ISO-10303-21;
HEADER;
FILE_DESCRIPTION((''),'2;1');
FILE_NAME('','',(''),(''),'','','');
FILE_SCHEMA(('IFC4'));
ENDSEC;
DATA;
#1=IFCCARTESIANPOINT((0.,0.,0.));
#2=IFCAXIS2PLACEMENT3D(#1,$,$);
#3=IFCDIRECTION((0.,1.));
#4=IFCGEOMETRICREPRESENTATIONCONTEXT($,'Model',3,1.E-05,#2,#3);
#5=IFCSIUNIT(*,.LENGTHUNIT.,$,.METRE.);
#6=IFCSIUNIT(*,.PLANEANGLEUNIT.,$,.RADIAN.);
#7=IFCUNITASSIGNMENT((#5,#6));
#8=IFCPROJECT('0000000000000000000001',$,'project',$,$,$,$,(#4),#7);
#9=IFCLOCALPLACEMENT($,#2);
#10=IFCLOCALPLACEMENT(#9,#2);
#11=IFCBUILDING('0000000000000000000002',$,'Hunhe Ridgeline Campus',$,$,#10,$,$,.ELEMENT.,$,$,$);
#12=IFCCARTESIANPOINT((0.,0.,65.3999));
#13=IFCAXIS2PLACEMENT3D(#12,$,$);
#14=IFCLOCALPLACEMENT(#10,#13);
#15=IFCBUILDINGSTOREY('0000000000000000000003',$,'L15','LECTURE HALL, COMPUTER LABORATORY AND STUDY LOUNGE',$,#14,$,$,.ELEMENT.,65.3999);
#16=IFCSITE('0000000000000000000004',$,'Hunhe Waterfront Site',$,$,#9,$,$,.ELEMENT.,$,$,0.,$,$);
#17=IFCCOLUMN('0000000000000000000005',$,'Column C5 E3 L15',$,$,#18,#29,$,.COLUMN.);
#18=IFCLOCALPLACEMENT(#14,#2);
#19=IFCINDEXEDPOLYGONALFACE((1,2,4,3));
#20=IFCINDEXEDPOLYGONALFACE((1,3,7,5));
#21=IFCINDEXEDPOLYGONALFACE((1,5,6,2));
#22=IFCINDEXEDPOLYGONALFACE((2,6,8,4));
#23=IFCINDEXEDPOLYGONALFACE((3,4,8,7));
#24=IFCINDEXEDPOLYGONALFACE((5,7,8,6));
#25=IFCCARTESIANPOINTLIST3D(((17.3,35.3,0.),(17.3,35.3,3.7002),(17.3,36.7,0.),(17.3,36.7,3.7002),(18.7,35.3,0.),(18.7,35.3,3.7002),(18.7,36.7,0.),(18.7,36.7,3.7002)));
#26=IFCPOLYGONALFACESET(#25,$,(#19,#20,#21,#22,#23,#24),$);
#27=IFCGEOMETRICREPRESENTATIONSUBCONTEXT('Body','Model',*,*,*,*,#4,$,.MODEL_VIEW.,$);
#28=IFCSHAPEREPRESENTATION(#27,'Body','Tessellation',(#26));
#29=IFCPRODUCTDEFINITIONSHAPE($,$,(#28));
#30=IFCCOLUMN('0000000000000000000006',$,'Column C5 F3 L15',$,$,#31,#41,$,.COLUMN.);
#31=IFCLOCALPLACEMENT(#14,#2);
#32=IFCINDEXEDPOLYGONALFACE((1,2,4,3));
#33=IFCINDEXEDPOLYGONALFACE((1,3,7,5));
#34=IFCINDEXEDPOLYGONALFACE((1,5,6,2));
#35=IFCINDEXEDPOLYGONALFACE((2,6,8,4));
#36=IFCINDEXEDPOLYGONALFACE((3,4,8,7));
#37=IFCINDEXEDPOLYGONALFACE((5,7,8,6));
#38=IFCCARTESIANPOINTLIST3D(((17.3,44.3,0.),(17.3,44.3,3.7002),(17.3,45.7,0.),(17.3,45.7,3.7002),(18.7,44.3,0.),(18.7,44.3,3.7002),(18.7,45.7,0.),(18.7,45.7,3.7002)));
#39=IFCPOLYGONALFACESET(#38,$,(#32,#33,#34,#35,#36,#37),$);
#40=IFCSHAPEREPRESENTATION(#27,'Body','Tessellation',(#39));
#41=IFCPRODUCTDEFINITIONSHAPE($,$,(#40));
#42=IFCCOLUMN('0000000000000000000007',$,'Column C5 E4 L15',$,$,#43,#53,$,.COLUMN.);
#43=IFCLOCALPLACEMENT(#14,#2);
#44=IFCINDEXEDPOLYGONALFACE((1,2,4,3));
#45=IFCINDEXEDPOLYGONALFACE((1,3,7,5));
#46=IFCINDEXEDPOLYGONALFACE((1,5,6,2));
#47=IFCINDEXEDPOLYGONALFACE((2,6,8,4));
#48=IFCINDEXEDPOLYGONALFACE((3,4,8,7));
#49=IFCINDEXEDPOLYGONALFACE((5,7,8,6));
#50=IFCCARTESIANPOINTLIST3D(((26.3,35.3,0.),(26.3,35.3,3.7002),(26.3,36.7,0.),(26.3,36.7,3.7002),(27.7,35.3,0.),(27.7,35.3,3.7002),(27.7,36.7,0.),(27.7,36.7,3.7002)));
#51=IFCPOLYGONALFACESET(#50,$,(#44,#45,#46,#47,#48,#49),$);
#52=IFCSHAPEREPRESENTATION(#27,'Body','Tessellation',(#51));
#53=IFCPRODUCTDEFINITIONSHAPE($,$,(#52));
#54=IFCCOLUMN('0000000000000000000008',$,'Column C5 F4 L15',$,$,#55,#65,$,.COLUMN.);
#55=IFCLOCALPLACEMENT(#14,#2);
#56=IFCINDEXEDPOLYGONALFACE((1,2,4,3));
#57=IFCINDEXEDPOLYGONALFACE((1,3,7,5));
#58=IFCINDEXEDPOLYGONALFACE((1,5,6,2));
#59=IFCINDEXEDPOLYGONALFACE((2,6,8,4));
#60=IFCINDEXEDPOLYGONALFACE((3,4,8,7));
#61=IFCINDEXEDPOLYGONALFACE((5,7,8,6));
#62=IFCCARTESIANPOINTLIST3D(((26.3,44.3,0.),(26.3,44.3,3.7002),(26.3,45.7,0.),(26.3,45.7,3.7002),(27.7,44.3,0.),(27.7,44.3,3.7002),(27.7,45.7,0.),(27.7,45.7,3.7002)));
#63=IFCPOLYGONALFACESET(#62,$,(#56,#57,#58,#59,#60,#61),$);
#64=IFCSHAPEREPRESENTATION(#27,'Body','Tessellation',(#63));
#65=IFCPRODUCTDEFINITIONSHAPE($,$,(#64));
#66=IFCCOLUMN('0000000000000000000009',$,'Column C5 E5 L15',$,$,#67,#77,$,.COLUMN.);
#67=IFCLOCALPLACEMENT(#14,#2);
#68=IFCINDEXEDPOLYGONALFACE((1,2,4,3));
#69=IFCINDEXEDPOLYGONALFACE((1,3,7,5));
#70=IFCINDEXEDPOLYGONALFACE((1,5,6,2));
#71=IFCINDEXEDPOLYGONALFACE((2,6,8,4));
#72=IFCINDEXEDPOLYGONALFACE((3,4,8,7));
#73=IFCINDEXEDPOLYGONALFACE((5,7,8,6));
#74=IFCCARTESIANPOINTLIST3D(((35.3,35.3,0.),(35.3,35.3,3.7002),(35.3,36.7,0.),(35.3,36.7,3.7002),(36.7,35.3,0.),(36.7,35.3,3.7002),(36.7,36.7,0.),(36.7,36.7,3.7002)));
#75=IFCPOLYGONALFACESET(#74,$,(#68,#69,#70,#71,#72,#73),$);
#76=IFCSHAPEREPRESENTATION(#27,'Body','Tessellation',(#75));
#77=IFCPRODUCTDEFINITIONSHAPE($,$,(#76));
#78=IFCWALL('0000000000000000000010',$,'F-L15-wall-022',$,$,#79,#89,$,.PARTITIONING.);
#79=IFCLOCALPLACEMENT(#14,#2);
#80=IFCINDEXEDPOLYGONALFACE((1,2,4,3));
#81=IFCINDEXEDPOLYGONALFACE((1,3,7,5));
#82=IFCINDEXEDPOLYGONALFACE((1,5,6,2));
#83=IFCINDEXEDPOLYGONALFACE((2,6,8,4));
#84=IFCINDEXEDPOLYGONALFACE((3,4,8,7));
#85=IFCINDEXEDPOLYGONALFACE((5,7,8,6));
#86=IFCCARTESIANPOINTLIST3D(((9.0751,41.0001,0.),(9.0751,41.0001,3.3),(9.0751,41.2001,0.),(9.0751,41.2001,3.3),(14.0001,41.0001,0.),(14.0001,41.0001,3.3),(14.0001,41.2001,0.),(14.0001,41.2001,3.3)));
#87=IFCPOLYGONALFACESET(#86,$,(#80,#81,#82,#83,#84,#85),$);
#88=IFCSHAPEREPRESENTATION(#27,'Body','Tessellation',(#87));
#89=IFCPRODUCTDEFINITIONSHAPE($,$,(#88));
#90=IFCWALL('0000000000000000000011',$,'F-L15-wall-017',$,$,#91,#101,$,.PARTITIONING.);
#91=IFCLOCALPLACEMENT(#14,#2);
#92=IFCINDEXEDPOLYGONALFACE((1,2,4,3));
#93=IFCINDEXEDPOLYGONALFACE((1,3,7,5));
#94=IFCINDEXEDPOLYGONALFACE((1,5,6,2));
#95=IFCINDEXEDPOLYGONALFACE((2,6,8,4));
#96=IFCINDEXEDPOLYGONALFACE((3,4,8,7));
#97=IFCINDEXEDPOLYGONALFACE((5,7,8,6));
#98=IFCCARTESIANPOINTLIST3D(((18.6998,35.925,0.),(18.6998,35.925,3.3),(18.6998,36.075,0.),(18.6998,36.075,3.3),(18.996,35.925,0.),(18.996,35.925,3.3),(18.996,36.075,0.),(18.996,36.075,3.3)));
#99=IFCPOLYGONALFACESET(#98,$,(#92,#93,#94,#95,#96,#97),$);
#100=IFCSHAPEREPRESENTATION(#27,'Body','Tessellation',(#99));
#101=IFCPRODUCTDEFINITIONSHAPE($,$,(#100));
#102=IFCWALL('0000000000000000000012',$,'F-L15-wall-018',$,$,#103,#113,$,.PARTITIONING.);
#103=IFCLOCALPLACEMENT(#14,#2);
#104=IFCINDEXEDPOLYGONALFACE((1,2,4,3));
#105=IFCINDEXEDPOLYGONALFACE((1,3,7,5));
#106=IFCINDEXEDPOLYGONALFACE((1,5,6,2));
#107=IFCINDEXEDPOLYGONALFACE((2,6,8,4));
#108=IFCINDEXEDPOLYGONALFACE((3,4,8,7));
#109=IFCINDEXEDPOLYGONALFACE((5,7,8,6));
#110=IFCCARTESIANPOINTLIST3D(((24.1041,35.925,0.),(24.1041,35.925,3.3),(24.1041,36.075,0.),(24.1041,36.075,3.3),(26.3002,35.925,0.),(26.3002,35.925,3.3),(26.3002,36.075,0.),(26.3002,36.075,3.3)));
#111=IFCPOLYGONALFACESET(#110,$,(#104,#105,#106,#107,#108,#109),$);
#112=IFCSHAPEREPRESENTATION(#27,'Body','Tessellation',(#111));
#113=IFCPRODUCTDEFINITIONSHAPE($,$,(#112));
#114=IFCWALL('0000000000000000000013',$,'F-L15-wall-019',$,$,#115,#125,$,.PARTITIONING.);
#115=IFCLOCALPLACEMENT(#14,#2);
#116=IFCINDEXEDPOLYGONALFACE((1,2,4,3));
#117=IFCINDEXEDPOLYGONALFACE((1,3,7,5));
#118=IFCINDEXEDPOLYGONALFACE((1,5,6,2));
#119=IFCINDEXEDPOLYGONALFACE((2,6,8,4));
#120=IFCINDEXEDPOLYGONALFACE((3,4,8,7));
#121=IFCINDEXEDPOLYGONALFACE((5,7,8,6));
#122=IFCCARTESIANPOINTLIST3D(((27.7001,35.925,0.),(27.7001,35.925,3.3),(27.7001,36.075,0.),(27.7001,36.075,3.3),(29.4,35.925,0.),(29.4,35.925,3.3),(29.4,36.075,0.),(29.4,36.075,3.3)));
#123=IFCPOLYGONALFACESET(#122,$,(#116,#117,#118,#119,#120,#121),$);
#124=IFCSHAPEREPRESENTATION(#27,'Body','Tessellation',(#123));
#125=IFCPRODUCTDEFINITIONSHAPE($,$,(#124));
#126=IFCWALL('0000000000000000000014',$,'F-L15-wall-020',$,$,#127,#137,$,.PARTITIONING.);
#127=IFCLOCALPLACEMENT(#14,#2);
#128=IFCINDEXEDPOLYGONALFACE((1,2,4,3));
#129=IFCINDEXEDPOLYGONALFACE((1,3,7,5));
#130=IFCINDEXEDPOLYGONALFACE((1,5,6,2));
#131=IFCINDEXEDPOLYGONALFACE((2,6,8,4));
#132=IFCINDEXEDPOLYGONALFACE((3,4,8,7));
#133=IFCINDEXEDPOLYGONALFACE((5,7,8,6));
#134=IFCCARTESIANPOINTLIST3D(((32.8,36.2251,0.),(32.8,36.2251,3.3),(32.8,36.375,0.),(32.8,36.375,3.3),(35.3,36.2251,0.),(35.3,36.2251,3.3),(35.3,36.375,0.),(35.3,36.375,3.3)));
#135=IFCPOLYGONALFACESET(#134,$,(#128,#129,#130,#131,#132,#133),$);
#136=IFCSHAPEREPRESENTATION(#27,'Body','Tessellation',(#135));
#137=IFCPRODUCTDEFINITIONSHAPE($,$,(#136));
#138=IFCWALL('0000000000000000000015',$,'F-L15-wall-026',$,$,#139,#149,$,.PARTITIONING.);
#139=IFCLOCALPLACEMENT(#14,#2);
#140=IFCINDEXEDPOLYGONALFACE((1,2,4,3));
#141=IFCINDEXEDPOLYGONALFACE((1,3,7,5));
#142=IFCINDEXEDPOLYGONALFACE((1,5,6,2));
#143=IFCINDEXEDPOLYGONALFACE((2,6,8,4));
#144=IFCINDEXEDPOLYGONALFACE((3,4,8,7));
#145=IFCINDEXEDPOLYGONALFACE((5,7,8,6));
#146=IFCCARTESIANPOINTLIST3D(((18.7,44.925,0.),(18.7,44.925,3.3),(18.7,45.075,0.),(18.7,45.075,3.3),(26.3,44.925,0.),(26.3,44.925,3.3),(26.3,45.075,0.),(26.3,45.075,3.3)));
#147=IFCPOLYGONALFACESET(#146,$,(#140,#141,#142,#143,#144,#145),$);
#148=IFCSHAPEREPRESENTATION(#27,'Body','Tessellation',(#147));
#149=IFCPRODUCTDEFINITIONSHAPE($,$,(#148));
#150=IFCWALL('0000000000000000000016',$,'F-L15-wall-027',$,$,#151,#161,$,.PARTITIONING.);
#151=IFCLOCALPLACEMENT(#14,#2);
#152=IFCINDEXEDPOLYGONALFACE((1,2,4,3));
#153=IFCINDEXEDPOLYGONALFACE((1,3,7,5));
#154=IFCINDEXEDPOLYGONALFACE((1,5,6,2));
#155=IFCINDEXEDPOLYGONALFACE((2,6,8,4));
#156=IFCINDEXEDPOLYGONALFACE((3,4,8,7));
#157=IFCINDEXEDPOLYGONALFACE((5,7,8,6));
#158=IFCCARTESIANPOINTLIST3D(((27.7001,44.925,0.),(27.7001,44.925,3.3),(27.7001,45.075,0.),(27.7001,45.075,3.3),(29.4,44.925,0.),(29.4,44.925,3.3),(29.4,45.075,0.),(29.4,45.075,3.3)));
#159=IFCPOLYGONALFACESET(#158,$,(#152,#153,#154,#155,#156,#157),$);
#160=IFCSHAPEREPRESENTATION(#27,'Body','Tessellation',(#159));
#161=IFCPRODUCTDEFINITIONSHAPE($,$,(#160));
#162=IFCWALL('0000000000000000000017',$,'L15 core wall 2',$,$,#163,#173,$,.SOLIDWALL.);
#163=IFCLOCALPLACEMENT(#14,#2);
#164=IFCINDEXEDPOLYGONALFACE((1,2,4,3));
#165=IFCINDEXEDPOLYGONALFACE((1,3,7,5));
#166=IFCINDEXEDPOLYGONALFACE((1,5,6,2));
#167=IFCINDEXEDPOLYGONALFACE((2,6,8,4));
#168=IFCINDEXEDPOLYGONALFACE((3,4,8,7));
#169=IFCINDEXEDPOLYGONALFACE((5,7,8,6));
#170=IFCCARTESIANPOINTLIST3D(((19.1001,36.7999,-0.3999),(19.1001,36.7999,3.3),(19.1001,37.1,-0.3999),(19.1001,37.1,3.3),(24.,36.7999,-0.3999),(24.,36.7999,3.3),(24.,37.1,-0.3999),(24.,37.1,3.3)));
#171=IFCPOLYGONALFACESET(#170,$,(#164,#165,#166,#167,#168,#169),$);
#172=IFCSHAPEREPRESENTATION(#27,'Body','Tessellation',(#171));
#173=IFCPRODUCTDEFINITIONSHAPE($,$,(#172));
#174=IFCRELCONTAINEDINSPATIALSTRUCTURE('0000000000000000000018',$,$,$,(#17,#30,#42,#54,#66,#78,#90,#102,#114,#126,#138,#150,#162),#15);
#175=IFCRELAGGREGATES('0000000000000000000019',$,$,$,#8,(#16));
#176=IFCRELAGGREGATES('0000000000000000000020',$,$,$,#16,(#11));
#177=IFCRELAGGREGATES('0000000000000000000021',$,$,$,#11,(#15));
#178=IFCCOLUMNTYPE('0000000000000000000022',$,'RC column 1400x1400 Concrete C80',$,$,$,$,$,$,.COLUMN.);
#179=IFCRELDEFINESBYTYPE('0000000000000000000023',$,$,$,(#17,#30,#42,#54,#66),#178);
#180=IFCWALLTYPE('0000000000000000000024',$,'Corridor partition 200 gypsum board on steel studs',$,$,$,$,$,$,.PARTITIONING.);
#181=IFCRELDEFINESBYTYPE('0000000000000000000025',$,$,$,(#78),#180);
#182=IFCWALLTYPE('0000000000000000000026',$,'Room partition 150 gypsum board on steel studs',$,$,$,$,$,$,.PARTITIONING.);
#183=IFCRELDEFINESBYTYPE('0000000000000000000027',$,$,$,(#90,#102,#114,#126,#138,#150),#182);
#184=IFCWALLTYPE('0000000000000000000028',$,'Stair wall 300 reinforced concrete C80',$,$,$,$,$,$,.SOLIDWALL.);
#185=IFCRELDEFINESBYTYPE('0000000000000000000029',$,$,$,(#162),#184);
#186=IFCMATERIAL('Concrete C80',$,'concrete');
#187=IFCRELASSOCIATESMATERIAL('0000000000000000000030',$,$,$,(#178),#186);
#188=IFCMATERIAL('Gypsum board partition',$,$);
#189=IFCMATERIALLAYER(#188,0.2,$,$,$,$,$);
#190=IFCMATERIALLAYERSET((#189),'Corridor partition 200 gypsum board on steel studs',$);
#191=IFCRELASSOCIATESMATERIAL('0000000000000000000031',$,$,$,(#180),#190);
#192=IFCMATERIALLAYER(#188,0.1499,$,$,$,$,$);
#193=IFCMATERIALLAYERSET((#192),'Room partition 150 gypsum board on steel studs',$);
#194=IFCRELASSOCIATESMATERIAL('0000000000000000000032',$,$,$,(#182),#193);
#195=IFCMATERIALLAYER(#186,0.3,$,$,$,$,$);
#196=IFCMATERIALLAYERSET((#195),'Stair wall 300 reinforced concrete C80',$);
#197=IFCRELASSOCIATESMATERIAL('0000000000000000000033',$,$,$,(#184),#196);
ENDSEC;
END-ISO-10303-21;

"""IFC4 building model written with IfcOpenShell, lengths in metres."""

from ifc_helpers import new_model, si_unit, direction, frame, frame_2d, origin, origin_2d, place, context, subcontext, project, spatial, rectangle, extrude, material, layer, layer_set, material_profile, profile_set, type_object, element, save


model = new_model("IFC4")

# Units and contexts
model_context = context("Model", 3, precision=1e-05, world=origin(), true_north=direction((0.0, 1.0)))
body_context = subcontext(model_context, "Body", "Model", "MODEL_VIEW")
ifc_project = project(units=[si_unit("LENGTHUNIT", "METRE"), si_unit("PLANEANGLEUNIT", "RADIAN")], contexts=[model_context])

# Site, building, storey
site_placement = place(None, origin())
site = spatial("IfcSite", under=ifc_project, at=site_placement, Name="Hunhe Waterfront Site", CompositionType="ELEMENT", RefElevation=0.0)
building_placement = place(site_placement, origin())
building = spatial("IfcBuilding", under=site, at=building_placement, Name="Hunhe Ridgeline Campus", CompositionType="ELEMENT")
storey_placement = place(building_placement, frame((0.0, 0.0, 65.3999)))
storey = spatial("IfcBuildingStorey", under=building, at=storey_placement, Name="L15", Description="LECTURE HALL, COMPUTER LABORATORY AND STUDY LOUNGE", CompositionType="ELEMENT", Elevation=65.3999)

# Columns
ifc_material_1 = material(Name="Concrete C80", Category="concrete")
ifc_material_profile = material_profile(ifc_material_1, rectangle(XDim=1.3999, YDim=1.3999, at=origin_2d()))
ifc_profile_set = profile_set([ifc_material_profile], Name="Concrete C80")
column_type = type_object("IfcColumnType", Name="RC column 1400x1400 Concrete C80", PredefinedType="COLUMN", material=ifc_profile_set)
for number, where, z_axis, x_axis, name in (
    (1, (18.0, 36.0, 0.0), (0.0, 0.0, 1.0), (1.0, 0.0, 0.0), "Column C5 E3 L15"),
    (2, (18.0, 45.0, 0.0), (0.0, 0.0, 1.0), (1.0, 0.0, 0.0), "Column C5 F3 L15"),
    (3, (27.0, 36.0, 0.0), (0.0, 0.0, 1.0), (1.0, 0.0, 0.0), "Column C5 E4 L15"),
    (4, (27.0, 45.0, 0.0), (0.0, 0.0, 1.0), (1.0, 0.0, 0.0), "Column C5 F4 L15"),
    (5, (36.0, 36.0, 0.0), (0.0, 0.0, 1.0), (1.0, 0.0, 0.0), "Column C5 E5 L15"),
):
    element("IfcColumn", number, at=place(storey_placement, frame(where, z_axis=z_axis, x_axis=x_axis)), inside=storey, type_object=column_type, Name=name, PredefinedType="COLUMN", context=body_context, shape_type="SweptSolid", body=[
        extrude(rectangle(XDim=1.3999, YDim=1.3999, at=origin_2d()), origin(), (0.0, 0.0, 1.0), 3.7002),
    ])

# Wall
ifc_material_2 = material(Name="Gypsum board partition")
ifc_layer_1 = layer(ifc_material_2, 0.2)
ifc_layer_set_1 = layer_set([ifc_layer_1], Name="Corridor partition 200 gypsum board on steel studs")
wall_type_1 = type_object("IfcWallType", Name="Corridor partition 200 gypsum board on steel studs", PredefinedType="PARTITIONING", material=ifc_layer_set_1)
wall_1_placement = place(storey_placement, frame((14.0, 41.1001, 0.0), z_axis=(0.0, 0.0, 1.0), x_axis=(-1.0, 0.0, 0.0)))
element("IfcWall", 6, at=wall_1_placement, inside=storey, type_object=wall_type_1, Name="F-L15-wall-022", PredefinedType="PARTITIONING", context=body_context, shape_type="SweptSolid", body=[
    extrude(rectangle(XDim=4.925, YDim=0.2, at=frame_2d((2.4624, 0.0))), origin(), (0.0, 0.0, 1.0), 3.3),
])

# Walls
ifc_layer_2 = layer(ifc_material_2, 0.1499)
ifc_layer_set_2 = layer_set([ifc_layer_2], Name="Room partition 150 gypsum board on steel studs")
wall_type_2 = type_object("IfcWallType", Name="Room partition 150 gypsum board on steel studs", PredefinedType="PARTITIONING", material=ifc_layer_set_2)
wall_2_placement = place(storey_placement, frame((18.7, 36.0, 0.0), z_axis=(0.0, 0.0, 1.0), x_axis=(1.0, 0.0, 0.0)))
element("IfcWall", 7, at=wall_2_placement, inside=storey, type_object=wall_type_2, Name="F-L15-wall-017", PredefinedType="PARTITIONING", context=body_context, shape_type="SweptSolid", body=[
    extrude(rectangle(XDim=0.2961, YDim=0.1499, at=frame_2d((0.1479, 0.0))), origin(), (0.0, 0.0, 1.0), 3.3),
])
wall_3_placement = place(storey_placement, frame((24.104, 36.0, 0.0), z_axis=(0.0, 0.0, 1.0), x_axis=(1.0, 0.0, 0.0)))
element("IfcWall", 8, at=wall_3_placement, inside=storey, type_object=wall_type_2, Name="F-L15-wall-018", PredefinedType="PARTITIONING", context=body_context, shape_type="SweptSolid", body=[
    extrude(rectangle(XDim=2.196, YDim=0.1499, at=frame_2d((1.0981, 0.0))), origin(), (0.0, 0.0, 1.0), 3.3),
])
wall_4_placement = place(storey_placement, frame((27.7, 36.0, 0.0), z_axis=(0.0, 0.0, 1.0), x_axis=(1.0, 0.0, 0.0)))
element("IfcWall", 9, at=wall_4_placement, inside=storey, type_object=wall_type_2, Name="F-L15-wall-019", PredefinedType="PARTITIONING", context=body_context, shape_type="SweptSolid", body=[
    extrude(rectangle(XDim=1.7, YDim=0.1499, at=frame_2d((0.8501, 0.0))), origin(), (0.0, 0.0, 1.0), 3.3),
])
wall_5_placement = place(storey_placement, frame((32.8, 36.3, 0.0), z_axis=(0.0, 0.0, 1.0), x_axis=(1.0, 0.0, 0.0)))
element("IfcWall", 10, at=wall_5_placement, inside=storey, type_object=wall_type_2, Name="F-L15-wall-020", PredefinedType="PARTITIONING", context=body_context, shape_type="SweptSolid", body=[
    extrude(rectangle(XDim=2.5, YDim=0.1499, at=frame_2d((1.25, 0.0))), origin(), (0.0, 0.0, 1.0), 3.3),
])
wall_6_placement = place(storey_placement, frame((18.7, 45.0, 0.0), z_axis=(0.0, 0.0, 1.0), x_axis=(1.0, 0.0, 0.0)))
element("IfcWall", 11, at=wall_6_placement, inside=storey, type_object=wall_type_2, Name="F-L15-wall-026", PredefinedType="PARTITIONING", context=body_context, shape_type="SweptSolid", body=[
    extrude(rectangle(XDim=7.6001, YDim=0.1499, at=frame_2d((3.8, 0.0))), origin(), (0.0, 0.0, 1.0), 3.3),
])
wall_7_placement = place(storey_placement, frame((27.7, 45.0, 0.0), z_axis=(0.0, 0.0, 1.0), x_axis=(1.0, 0.0, 0.0)))
element("IfcWall", 12, at=wall_7_placement, inside=storey, type_object=wall_type_2, Name="F-L15-wall-027", PredefinedType="PARTITIONING", context=body_context, shape_type="SweptSolid", body=[
    extrude(rectangle(XDim=1.7, YDim=0.1499, at=frame_2d((0.8501, 0.0))), origin(), (0.0, 0.0, 1.0), 3.3),
])
ifc_layer_3 = layer(ifc_material_1, 0.3)
ifc_layer_set_3 = layer_set([ifc_layer_3], Name="Stair wall 300 reinforced concrete C80")
wall_type_3 = type_object("IfcWallType", Name="Stair wall 300 reinforced concrete C80", PredefinedType="SOLIDWALL", material=ifc_layer_set_3)
wall_8_placement = place(storey_placement, frame((19.1001, 36.95, -0.3999), z_axis=(0.0, 0.0, 1.0), x_axis=(1.0, 0.0, 0.0)))
element("IfcWall", 13, at=wall_8_placement, inside=storey, type_object=wall_type_3, Name="L15 core wall 2", PredefinedType="SOLIDWALL", context=body_context, shape_type="SweptSolid", body=[
    extrude(rectangle(XDim=4.8999, YDim=0.3, at=frame_2d((2.45, 0.0))), origin(), (0.0, 0.0, 1.0), 3.7),
])

save(model, "model.ifc")
